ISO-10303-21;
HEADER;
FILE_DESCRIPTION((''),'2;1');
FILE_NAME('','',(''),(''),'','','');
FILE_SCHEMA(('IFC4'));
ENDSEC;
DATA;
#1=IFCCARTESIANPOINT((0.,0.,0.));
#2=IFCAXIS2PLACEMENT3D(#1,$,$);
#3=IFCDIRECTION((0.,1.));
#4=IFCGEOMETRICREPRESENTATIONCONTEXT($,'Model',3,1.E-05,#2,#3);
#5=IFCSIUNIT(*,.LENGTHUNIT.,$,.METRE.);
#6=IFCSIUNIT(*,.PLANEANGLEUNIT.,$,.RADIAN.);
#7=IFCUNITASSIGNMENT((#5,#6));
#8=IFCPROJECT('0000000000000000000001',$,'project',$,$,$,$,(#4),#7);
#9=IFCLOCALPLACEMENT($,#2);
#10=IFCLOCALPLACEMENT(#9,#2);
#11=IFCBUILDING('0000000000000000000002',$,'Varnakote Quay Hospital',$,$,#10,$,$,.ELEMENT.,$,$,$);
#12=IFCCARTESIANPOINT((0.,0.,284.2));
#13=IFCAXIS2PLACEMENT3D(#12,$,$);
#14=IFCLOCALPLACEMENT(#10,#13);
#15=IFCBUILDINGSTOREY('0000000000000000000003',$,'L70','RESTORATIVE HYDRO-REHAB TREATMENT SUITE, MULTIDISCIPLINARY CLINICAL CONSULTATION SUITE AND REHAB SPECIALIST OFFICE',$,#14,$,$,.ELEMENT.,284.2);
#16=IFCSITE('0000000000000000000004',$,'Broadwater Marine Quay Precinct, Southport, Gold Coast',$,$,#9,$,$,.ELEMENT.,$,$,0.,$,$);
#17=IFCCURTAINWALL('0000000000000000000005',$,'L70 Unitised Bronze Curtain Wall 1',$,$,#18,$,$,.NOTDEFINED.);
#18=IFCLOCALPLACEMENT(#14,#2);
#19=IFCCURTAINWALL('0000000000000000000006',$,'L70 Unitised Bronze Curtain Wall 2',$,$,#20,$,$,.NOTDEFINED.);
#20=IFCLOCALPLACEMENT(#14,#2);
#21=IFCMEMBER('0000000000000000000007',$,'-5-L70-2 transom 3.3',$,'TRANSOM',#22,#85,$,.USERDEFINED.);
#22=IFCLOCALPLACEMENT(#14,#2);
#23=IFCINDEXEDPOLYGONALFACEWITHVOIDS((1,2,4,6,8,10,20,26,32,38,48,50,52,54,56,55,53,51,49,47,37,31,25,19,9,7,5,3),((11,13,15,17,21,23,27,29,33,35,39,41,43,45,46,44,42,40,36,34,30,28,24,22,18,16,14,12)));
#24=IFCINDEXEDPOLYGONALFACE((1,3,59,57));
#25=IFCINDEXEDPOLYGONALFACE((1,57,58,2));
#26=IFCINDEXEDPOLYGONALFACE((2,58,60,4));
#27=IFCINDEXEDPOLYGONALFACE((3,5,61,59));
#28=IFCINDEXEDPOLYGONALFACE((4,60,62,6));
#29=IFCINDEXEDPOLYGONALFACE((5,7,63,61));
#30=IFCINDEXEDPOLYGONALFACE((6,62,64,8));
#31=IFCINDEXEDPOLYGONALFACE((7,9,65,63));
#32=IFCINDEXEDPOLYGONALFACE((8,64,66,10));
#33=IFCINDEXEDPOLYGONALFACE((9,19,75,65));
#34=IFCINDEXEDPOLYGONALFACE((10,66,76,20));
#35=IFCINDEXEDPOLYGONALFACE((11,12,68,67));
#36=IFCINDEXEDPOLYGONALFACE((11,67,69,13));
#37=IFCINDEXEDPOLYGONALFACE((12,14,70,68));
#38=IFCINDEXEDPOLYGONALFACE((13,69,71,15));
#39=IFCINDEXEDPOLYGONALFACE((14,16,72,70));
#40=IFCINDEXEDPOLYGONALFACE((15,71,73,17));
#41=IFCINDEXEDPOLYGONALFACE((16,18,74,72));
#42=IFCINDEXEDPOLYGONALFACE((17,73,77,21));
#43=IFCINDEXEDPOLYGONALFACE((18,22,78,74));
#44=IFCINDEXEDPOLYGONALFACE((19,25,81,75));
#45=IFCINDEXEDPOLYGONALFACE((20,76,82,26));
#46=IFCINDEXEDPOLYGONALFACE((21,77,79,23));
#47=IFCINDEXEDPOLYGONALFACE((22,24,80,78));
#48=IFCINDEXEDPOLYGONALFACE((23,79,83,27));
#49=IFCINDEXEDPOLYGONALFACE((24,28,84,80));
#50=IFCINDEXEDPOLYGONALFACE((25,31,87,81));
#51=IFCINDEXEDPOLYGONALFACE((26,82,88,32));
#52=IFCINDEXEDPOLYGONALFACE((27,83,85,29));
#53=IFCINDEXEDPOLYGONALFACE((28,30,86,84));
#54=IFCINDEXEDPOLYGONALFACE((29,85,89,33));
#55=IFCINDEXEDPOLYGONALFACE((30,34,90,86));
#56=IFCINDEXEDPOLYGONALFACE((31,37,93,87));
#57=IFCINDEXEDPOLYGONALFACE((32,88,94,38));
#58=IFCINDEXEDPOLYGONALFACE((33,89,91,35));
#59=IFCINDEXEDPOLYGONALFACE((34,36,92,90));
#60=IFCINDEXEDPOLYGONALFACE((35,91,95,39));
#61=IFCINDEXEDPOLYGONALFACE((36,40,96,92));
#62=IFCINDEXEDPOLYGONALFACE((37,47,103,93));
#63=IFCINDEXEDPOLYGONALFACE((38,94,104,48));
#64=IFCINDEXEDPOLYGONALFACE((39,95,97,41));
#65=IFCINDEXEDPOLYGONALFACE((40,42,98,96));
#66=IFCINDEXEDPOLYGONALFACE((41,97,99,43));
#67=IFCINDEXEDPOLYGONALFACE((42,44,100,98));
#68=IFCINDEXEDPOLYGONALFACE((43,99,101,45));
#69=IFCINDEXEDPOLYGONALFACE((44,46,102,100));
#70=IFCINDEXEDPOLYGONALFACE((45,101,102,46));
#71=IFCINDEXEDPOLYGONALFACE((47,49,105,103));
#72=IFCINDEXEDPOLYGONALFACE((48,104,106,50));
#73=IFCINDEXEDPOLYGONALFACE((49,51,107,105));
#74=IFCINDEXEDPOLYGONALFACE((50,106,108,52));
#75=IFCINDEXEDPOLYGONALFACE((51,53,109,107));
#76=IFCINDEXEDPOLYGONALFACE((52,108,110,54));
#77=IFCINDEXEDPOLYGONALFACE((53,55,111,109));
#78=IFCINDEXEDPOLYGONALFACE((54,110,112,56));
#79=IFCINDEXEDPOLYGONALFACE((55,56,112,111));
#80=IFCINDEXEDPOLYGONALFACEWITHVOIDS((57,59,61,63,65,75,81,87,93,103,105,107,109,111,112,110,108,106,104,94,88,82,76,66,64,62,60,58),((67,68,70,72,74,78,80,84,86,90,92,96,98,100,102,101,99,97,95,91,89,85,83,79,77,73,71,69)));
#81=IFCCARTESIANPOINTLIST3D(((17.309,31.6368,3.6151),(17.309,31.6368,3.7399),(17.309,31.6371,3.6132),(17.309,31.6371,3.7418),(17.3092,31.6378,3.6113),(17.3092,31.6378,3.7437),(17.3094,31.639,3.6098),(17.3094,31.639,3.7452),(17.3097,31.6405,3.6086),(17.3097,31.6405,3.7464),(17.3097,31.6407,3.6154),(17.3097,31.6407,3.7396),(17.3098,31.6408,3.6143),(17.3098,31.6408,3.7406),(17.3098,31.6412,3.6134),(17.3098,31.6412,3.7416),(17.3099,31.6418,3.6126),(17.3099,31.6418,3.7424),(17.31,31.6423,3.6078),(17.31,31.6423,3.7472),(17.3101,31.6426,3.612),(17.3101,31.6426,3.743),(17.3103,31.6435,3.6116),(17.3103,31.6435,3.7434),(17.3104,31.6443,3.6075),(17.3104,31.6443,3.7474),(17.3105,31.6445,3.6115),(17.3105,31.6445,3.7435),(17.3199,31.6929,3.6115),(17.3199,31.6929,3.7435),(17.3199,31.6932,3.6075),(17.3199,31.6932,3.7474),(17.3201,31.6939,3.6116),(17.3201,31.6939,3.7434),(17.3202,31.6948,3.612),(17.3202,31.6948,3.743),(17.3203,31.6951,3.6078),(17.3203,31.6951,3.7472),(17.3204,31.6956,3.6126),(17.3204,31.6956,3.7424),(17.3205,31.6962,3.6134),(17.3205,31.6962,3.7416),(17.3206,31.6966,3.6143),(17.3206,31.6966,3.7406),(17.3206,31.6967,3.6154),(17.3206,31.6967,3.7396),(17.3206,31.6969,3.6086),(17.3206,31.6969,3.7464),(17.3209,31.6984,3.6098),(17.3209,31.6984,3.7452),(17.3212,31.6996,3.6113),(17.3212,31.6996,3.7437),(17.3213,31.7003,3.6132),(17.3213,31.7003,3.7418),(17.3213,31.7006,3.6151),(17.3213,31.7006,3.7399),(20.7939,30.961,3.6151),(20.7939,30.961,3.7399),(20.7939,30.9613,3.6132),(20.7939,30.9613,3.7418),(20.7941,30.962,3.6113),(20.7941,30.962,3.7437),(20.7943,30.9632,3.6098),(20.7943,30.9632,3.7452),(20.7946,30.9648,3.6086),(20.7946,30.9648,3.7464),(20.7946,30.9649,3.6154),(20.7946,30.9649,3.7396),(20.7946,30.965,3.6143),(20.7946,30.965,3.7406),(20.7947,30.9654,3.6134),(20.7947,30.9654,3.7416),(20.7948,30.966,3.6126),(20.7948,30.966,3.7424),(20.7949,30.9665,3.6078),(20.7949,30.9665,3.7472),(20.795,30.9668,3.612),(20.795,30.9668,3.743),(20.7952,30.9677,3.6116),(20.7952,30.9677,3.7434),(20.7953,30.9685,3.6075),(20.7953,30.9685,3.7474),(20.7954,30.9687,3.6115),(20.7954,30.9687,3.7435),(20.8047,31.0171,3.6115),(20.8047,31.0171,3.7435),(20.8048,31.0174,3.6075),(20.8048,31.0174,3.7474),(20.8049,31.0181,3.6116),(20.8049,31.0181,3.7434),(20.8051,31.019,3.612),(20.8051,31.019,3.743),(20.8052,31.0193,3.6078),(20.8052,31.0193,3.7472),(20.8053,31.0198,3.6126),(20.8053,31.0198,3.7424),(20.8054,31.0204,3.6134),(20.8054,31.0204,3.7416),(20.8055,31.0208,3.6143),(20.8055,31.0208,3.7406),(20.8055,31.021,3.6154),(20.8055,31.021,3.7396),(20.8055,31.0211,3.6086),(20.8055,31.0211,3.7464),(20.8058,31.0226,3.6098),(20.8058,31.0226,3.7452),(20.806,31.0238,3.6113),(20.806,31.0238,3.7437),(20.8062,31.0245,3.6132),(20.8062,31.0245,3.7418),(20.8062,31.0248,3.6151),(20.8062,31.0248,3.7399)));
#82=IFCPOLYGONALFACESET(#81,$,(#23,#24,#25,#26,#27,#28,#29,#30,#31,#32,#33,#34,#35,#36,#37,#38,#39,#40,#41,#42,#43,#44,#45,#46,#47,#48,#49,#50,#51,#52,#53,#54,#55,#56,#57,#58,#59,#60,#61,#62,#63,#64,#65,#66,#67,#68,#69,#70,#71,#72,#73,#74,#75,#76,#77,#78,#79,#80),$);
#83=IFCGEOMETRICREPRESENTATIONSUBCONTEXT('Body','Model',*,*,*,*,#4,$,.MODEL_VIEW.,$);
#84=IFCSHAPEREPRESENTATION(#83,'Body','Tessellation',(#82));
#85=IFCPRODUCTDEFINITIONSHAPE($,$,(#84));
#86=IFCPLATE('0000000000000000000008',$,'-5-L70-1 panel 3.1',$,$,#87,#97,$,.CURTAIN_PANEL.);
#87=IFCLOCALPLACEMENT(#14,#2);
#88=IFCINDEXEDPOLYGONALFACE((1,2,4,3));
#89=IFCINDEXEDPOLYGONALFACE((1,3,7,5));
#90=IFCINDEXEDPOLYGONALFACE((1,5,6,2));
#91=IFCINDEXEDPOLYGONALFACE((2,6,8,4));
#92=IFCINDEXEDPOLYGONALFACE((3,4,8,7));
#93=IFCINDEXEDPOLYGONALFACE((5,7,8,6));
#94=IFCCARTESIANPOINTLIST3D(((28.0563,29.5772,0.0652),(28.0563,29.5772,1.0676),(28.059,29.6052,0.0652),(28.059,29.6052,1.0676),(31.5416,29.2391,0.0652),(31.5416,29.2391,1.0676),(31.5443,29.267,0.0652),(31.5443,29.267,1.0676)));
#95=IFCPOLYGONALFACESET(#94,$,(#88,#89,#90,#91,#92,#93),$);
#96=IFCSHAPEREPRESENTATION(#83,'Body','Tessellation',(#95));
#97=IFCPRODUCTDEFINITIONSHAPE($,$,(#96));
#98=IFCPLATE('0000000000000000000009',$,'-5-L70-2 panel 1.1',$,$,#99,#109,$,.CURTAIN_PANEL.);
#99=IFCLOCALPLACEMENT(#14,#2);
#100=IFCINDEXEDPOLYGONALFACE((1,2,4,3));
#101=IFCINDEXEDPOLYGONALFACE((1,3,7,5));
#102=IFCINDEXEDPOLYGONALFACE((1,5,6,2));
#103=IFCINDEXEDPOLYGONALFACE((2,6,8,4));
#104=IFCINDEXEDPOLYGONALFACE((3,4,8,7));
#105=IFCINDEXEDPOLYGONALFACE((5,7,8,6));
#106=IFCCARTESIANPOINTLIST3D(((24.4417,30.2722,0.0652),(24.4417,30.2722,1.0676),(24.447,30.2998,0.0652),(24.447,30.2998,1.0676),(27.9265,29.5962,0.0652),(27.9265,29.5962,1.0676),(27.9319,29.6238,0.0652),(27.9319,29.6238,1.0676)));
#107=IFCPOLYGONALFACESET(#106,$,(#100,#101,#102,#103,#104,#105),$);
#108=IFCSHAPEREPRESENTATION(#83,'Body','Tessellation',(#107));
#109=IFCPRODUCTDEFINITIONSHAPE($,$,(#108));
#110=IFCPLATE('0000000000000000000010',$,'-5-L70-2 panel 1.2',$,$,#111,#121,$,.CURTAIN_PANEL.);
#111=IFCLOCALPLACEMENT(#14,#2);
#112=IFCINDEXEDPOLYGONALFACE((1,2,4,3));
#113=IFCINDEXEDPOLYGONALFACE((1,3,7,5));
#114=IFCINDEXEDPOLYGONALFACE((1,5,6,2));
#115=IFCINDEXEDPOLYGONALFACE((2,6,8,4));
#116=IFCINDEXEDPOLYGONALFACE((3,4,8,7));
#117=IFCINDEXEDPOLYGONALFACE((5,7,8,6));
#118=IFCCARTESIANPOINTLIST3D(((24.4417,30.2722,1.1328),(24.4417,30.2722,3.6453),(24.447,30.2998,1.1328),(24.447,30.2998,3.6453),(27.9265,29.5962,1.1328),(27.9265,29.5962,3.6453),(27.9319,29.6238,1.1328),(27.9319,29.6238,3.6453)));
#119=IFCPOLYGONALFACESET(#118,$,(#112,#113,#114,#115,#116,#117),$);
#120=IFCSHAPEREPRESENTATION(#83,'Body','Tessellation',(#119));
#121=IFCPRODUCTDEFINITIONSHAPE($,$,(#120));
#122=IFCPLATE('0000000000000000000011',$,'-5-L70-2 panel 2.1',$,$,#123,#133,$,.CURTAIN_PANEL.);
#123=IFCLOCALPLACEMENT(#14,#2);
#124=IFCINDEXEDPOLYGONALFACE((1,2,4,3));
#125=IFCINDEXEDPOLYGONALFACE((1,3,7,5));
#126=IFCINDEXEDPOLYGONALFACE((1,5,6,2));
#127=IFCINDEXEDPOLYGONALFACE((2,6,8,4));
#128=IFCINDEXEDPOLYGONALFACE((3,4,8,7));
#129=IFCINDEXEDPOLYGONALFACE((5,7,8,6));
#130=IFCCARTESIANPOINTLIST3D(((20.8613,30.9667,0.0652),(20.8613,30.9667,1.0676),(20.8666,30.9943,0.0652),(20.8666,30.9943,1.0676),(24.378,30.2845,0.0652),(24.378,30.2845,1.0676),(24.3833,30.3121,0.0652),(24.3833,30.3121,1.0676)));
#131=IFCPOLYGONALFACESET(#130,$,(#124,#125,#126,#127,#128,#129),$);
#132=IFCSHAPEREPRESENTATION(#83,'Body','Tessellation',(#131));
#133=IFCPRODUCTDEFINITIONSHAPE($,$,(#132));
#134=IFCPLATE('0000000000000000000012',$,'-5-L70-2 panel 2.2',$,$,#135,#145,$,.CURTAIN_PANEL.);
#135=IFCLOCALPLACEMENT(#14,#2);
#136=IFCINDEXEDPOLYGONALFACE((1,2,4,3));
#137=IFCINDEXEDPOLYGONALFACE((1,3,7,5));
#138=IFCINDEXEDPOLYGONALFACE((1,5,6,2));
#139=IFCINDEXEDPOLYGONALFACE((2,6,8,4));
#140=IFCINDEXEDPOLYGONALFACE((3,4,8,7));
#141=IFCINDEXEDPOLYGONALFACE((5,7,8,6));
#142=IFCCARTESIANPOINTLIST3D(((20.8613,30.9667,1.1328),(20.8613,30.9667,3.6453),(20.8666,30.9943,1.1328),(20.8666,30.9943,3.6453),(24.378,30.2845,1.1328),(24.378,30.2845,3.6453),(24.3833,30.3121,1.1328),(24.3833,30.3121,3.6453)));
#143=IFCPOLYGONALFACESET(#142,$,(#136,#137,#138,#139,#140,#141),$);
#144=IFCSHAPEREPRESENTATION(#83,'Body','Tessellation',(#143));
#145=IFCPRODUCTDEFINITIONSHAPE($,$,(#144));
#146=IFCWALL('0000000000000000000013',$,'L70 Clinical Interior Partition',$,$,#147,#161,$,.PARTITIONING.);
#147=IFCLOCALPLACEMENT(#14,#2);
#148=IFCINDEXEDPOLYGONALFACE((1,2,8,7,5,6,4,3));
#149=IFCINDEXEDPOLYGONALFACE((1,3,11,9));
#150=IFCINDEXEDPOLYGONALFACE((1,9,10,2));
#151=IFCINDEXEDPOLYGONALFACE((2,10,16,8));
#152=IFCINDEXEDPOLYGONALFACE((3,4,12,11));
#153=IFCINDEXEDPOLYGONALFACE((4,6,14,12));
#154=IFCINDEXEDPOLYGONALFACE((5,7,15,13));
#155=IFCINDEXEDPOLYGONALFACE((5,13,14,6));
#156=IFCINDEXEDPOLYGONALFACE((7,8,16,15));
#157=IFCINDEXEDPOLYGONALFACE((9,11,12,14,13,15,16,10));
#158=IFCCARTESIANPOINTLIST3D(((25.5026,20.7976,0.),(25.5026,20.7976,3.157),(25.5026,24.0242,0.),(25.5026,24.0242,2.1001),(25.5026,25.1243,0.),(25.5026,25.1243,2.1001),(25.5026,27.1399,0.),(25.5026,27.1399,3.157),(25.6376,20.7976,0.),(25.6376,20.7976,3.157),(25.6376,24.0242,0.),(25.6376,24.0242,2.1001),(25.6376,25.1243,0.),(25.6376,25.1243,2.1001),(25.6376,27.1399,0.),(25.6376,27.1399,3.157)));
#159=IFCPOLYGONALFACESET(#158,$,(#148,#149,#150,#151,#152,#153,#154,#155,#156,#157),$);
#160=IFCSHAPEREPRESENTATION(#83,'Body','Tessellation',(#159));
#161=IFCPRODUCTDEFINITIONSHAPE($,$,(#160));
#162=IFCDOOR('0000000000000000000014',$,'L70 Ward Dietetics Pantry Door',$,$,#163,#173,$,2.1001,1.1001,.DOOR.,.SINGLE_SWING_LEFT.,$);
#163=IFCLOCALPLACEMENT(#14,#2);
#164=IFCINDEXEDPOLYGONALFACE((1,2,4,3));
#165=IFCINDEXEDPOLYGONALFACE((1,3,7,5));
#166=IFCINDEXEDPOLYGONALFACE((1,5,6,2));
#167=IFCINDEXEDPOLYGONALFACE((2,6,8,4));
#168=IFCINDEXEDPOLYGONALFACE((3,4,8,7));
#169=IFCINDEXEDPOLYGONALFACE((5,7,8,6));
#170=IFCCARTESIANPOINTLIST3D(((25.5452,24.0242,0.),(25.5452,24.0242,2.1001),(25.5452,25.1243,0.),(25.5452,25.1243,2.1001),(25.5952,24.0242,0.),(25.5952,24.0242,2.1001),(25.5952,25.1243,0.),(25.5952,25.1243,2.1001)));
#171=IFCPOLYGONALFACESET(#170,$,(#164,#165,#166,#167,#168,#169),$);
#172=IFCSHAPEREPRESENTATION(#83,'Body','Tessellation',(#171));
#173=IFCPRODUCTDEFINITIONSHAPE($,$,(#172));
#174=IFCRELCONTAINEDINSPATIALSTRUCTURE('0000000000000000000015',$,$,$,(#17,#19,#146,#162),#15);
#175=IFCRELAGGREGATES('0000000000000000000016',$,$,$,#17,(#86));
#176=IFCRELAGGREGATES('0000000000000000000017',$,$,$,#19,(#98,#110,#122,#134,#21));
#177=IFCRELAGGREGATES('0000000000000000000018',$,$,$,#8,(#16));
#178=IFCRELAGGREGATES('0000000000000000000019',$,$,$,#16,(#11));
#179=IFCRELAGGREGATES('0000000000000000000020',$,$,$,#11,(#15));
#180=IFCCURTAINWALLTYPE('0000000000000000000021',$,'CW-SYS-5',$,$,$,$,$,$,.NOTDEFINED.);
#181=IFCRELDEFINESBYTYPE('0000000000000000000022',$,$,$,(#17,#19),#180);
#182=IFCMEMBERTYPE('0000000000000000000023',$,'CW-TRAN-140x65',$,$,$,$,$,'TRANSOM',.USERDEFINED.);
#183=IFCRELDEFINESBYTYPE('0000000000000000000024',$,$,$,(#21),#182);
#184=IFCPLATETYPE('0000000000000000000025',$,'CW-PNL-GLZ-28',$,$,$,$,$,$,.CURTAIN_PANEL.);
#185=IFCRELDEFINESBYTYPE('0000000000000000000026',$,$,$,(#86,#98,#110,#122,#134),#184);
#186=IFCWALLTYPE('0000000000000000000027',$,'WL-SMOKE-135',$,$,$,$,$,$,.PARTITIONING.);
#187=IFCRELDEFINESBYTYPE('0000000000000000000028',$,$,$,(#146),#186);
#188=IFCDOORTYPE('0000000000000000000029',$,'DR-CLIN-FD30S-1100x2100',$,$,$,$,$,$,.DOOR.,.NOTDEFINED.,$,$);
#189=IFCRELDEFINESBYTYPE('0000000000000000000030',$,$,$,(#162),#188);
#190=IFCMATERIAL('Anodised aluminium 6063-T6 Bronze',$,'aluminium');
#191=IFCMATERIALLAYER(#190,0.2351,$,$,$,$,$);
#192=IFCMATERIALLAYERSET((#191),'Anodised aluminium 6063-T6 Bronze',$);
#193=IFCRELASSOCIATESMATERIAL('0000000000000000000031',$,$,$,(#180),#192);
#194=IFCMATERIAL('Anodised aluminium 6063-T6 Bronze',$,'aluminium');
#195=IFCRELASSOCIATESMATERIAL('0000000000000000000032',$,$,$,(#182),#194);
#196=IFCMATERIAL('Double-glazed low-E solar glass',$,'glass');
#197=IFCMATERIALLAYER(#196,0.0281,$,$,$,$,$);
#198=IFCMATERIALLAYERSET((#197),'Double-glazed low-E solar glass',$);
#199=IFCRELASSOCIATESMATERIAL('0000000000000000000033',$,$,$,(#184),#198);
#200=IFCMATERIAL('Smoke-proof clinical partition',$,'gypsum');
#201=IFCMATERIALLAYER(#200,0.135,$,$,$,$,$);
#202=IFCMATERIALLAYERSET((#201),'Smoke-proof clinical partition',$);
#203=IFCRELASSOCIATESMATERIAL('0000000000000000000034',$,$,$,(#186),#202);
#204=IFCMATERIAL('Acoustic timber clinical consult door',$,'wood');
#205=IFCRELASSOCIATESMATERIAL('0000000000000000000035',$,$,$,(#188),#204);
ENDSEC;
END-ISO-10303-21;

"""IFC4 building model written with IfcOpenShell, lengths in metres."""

from ifc_helpers import new_model, si_unit, direction, frame, frame_2d, origin, origin_2d, place, context, subcontext, project, spatial, rectangle, hollow_rectangle, extrude, material, layer, layer_set, material_profile, profile_set, type_object, element, fill, aggregate, save


model = new_model("IFC4")

# Units and contexts
model_context = context("Model", 3, precision=1e-05, world=origin(), true_north=direction((0.0, 1.0)))
body_context = subcontext(model_context, "Body", "Model", "MODEL_VIEW")
ifc_project = project(units=[si_unit("LENGTHUNIT", "METRE"), si_unit("PLANEANGLEUNIT", "RADIAN")], contexts=[model_context])

# Site, building, storey
site_placement = place(None, origin())
site = spatial("IfcSite", under=ifc_project, at=site_placement, Name="Broadwater Marine Quay Precinct, Southport, Gold Coast", CompositionType="ELEMENT", RefElevation=0.0)
building_placement = place(site_placement, origin())
building = spatial("IfcBuilding", under=site, at=building_placement, Name="Varnakote Quay Hospital", CompositionType="ELEMENT")
storey_placement = place(building_placement, frame((0.0, 0.0, 284.2)))
storey = spatial("IfcBuildingStorey", under=building, at=storey_placement, Name="L70", Description="RESTORATIVE HYDRO-REHAB TREATMENT SUITE, MULTIDISCIPLINARY CLINICAL CONSULTATION SUITE AND REHAB SPECIALIST OFFICE", CompositionType="ELEMENT", Elevation=284.2)

# Curtain wall
ifc_material_1 = material(Name="Anodised aluminium 6063-T6 Bronze", Category="aluminium")
ifc_layer_1 = layer(ifc_material_1, 0.2351)
ifc_layer_set_1 = layer_set([ifc_layer_1], Name="Anodised aluminium 6063-T6 Bronze")
curtain_wall_type = type_object("IfcCurtainWallType", Name="CW-SYS-5", PredefinedType="NOTDEFINED", material=ifc_layer_set_1)
curtain_wall_1_placement = place(storey_placement, origin())
curtain_wall_1 = element("IfcCurtainWall", 1, at=curtain_wall_1_placement, inside=storey, type_object=curtain_wall_type, Name="L70 Unitised Bronze Curtain Wall 1", PredefinedType="NOTDEFINED")

# Curtain wall, member
curtain_wall_2_placement = place(storey_placement, origin())
curtain_wall_2 = element("IfcCurtainWall", 2, at=curtain_wall_2_placement, inside=storey, type_object=curtain_wall_type, Name="L70 Unitised Bronze Curtain Wall 2", PredefinedType="NOTDEFINED")
ifc_material_2 = material(Name="Anodised aluminium 6063-T6 Bronze", Category="aluminium")
ifc_material_profile_1 = material_profile(ifc_material_2, hollow_rectangle(XDim=0.0649, YDim=0.1399, WallThickness=0.0039, InnerFilletRadius=0.0039, OuterFilletRadius=0.0076, at=origin_2d()), Name="CW-TRAN-140x65")
ifc_profile_set_1 = profile_set([ifc_material_profile_1], Name="Anodised aluminium 6063-T6 Bronze")
member_type_1 = type_object("IfcMemberType", Name="CW-TRAN-140x65", ElementType="TRANSOM", PredefinedType="USERDEFINED", material=ifc_profile_set_1)
member_1_placement = place(storey_placement, frame((20.8, 30.9929, 3.6775), z_axis=(-0.981712, 0.190373, 0.0), x_axis=(-0.190373, -0.981712, 0.0)))
member_1 = element("IfcMember", 3, at=member_1_placement, type_object=member_type_1, Name="-5-L70-2 transom 3.3", ObjectType="TRANSOM", PredefinedType="USERDEFINED", context=body_context, shape_type="SweptSolid", body=[
    extrude(hollow_rectangle(XDim=0.0649, YDim=0.1399, WallThickness=0.0039, InnerFilletRadius=0.0039, OuterFilletRadius=0.0076, at=origin_2d()), origin(), (0.0, 0.0, 1.0), 3.5498),
])

# Plates
ifc_material_3 = material(Name="Double-glazed low-E solar glass", Category="glass")
ifc_layer_2 = layer(ifc_material_3, 0.0281)
ifc_layer_set_2 = layer_set([ifc_layer_2], Name="Double-glazed low-E solar glass")
plate_type = type_object("IfcPlateType", Name="CW-PNL-GLZ-28", PredefinedType="CURTAIN_PANEL", material=ifc_layer_set_2)
plate_1_placement = place(storey_placement, frame((29.8003, 29.4221, 0.0652), z_axis=(0.0, 0.0, 1.0), x_axis=(-0.995326, 0.096569, 0.0)))
plate_1 = element("IfcPlate", 4, at=plate_1_placement, type_object=plate_type, Name="-5-L70-1 panel 3.1", PredefinedType="CURTAIN_PANEL", context=body_context, shape_type="SweptSolid", body=[
    extrude(rectangle(XDim=3.5017, YDim=0.0281, at=origin_2d()), origin(), (0.0, 0.0, 1.0), 1.0024),
])
aggregate(curtain_wall_1, [plate_1])
plate_2_placement = place(storey_placement, frame((26.1868, 29.948, 0.0652), z_axis=(0.0, 0.0, 1.0), x_axis=(-0.9817, 0.190434, 0.0)))
plate_2 = element("IfcPlate", 5, at=plate_2_placement, type_object=plate_type, Name="-5-L70-2 panel 1.1", PredefinedType="CURTAIN_PANEL", context=body_context, shape_type="SweptSolid", body=[
    extrude(rectangle(XDim=3.5498, YDim=0.0281, at=origin_2d()), origin(), (0.0, 0.0, 1.0), 1.0024),
])
plate_3_placement = place(storey_placement, frame((26.1868, 29.948, 1.1328), z_axis=(0.0, 0.0, 1.0), x_axis=(-0.9817, 0.190434, 0.0)))
plate_3 = element("IfcPlate", 6, at=plate_3_placement, type_object=plate_type, Name="-5-L70-2 panel 1.2", PredefinedType="CURTAIN_PANEL", context=body_context, shape_type="SweptSolid", body=[
    extrude(rectangle(XDim=3.5498, YDim=0.0281, at=origin_2d()), origin(), (0.0, 0.0, 1.0), 2.5125),
])
plate_4_placement = place(storey_placement, frame((22.6223, 30.6394, 0.0652), z_axis=(0.0, 0.0, 1.0), x_axis=(-0.9817, 0.190434, 0.0)))
plate_4 = element("IfcPlate", 7, at=plate_4_placement, type_object=plate_type, Name="-5-L70-2 panel 2.1", PredefinedType="CURTAIN_PANEL", context=body_context, shape_type="SweptSolid", body=[
    extrude(rectangle(XDim=3.5823, YDim=0.0281, at=origin_2d()), origin(), (0.0, 0.0, 1.0), 1.0024),
])
plate_5_placement = place(storey_placement, frame((22.6223, 30.6394, 1.1328), z_axis=(0.0, 0.0, 1.0), x_axis=(-0.9817, 0.190434, 0.0)))
plate_5 = element("IfcPlate", 8, at=plate_5_placement, type_object=plate_type, Name="-5-L70-2 panel 2.2", PredefinedType="CURTAIN_PANEL", context=body_context, shape_type="SweptSolid", body=[
    extrude(rectangle(XDim=3.5823, YDim=0.0281, at=origin_2d()), origin(), (0.0, 0.0, 1.0), 2.5125),
])
aggregate(curtain_wall_2, [plate_2, plate_3, plate_4, plate_5, member_1])

# Wall, opening, door
ifc_material_4 = material(Name="Smoke-proof clinical partition", Category="gypsum")
ifc_layer_3 = layer(ifc_material_4, 0.135)
ifc_layer_set_3 = layer_set([ifc_layer_3], Name="Smoke-proof clinical partition")
wall_type = type_object("IfcWallType", Name="WL-SMOKE-135", PredefinedType="PARTITIONING", material=ifc_layer_set_3)
wall_1_placement = place(storey_placement, frame((25.5701, 20.7976, 0.0), z_axis=(0.0, 0.0, 1.0), x_axis=(0.0, 1.0, 0.0)))
wall_1 = element("IfcWall", 9, at=wall_1_placement, inside=storey, type_object=wall_type, Name="L70 Clinical Interior Partition", PredefinedType="PARTITIONING", context=body_context, shape_type="SweptSolid", body=[
    extrude(rectangle(XDim=6.3423, YDim=0.135, at=frame_2d((3.1711, 0.0))), origin(), (0.0, 0.0, 1.0), 3.157),
])
opening_1_placement = place(wall_1_placement, frame((3.2266, 0.0, 0.0)))
opening_1 = element("IfcOpeningElement", 10, at=opening_1_placement, cuts=wall_1, PredefinedType="OPENING", context=body_context, shape_type="SweptSolid", body=[
    extrude(rectangle(XDim=1.1001, YDim=2.1001, at=frame_2d((0.55, 1.05))), frame((0.0, 0.0774, 0.0), z_axis=(0.0, -1.0, 0.0), x_axis=(1.0, 0.0, 0.0)), (0.0, 0.0, 1.0), 0.155),
])
ifc_material_5 = material(Name="Acoustic timber clinical consult door", Category="wood")
door_type = type_object("IfcDoorType", Name="DR-CLIN-FD30S-1100x2100", OperationType="NOTDEFINED", PredefinedType="DOOR", material=ifc_material_5)
door_1_placement = place(opening_1_placement, origin())
door_1 = element("IfcDoor", 11, at=door_1_placement, inside=storey, type_object=door_type, Name="L70 Ward Dietetics Pantry Door", OperationType="SINGLE_SWING_LEFT", OverallHeight=2.1001, OverallWidth=1.1001, PredefinedType="DOOR", context=body_context, shape_type="SweptSolid", body=[
    extrude(rectangle(XDim=1.1001, YDim=2.1001, at=frame_2d((0.55, 1.05))), frame((0.0, 0.0249, 0.0), z_axis=(0.0, -1.0, 0.0), x_axis=(1.0, 0.0, 0.0)), (0.0, 0.0, 1.0), 0.05),
])
fill(opening_1, door_1)

save(model, "model.ifc")
